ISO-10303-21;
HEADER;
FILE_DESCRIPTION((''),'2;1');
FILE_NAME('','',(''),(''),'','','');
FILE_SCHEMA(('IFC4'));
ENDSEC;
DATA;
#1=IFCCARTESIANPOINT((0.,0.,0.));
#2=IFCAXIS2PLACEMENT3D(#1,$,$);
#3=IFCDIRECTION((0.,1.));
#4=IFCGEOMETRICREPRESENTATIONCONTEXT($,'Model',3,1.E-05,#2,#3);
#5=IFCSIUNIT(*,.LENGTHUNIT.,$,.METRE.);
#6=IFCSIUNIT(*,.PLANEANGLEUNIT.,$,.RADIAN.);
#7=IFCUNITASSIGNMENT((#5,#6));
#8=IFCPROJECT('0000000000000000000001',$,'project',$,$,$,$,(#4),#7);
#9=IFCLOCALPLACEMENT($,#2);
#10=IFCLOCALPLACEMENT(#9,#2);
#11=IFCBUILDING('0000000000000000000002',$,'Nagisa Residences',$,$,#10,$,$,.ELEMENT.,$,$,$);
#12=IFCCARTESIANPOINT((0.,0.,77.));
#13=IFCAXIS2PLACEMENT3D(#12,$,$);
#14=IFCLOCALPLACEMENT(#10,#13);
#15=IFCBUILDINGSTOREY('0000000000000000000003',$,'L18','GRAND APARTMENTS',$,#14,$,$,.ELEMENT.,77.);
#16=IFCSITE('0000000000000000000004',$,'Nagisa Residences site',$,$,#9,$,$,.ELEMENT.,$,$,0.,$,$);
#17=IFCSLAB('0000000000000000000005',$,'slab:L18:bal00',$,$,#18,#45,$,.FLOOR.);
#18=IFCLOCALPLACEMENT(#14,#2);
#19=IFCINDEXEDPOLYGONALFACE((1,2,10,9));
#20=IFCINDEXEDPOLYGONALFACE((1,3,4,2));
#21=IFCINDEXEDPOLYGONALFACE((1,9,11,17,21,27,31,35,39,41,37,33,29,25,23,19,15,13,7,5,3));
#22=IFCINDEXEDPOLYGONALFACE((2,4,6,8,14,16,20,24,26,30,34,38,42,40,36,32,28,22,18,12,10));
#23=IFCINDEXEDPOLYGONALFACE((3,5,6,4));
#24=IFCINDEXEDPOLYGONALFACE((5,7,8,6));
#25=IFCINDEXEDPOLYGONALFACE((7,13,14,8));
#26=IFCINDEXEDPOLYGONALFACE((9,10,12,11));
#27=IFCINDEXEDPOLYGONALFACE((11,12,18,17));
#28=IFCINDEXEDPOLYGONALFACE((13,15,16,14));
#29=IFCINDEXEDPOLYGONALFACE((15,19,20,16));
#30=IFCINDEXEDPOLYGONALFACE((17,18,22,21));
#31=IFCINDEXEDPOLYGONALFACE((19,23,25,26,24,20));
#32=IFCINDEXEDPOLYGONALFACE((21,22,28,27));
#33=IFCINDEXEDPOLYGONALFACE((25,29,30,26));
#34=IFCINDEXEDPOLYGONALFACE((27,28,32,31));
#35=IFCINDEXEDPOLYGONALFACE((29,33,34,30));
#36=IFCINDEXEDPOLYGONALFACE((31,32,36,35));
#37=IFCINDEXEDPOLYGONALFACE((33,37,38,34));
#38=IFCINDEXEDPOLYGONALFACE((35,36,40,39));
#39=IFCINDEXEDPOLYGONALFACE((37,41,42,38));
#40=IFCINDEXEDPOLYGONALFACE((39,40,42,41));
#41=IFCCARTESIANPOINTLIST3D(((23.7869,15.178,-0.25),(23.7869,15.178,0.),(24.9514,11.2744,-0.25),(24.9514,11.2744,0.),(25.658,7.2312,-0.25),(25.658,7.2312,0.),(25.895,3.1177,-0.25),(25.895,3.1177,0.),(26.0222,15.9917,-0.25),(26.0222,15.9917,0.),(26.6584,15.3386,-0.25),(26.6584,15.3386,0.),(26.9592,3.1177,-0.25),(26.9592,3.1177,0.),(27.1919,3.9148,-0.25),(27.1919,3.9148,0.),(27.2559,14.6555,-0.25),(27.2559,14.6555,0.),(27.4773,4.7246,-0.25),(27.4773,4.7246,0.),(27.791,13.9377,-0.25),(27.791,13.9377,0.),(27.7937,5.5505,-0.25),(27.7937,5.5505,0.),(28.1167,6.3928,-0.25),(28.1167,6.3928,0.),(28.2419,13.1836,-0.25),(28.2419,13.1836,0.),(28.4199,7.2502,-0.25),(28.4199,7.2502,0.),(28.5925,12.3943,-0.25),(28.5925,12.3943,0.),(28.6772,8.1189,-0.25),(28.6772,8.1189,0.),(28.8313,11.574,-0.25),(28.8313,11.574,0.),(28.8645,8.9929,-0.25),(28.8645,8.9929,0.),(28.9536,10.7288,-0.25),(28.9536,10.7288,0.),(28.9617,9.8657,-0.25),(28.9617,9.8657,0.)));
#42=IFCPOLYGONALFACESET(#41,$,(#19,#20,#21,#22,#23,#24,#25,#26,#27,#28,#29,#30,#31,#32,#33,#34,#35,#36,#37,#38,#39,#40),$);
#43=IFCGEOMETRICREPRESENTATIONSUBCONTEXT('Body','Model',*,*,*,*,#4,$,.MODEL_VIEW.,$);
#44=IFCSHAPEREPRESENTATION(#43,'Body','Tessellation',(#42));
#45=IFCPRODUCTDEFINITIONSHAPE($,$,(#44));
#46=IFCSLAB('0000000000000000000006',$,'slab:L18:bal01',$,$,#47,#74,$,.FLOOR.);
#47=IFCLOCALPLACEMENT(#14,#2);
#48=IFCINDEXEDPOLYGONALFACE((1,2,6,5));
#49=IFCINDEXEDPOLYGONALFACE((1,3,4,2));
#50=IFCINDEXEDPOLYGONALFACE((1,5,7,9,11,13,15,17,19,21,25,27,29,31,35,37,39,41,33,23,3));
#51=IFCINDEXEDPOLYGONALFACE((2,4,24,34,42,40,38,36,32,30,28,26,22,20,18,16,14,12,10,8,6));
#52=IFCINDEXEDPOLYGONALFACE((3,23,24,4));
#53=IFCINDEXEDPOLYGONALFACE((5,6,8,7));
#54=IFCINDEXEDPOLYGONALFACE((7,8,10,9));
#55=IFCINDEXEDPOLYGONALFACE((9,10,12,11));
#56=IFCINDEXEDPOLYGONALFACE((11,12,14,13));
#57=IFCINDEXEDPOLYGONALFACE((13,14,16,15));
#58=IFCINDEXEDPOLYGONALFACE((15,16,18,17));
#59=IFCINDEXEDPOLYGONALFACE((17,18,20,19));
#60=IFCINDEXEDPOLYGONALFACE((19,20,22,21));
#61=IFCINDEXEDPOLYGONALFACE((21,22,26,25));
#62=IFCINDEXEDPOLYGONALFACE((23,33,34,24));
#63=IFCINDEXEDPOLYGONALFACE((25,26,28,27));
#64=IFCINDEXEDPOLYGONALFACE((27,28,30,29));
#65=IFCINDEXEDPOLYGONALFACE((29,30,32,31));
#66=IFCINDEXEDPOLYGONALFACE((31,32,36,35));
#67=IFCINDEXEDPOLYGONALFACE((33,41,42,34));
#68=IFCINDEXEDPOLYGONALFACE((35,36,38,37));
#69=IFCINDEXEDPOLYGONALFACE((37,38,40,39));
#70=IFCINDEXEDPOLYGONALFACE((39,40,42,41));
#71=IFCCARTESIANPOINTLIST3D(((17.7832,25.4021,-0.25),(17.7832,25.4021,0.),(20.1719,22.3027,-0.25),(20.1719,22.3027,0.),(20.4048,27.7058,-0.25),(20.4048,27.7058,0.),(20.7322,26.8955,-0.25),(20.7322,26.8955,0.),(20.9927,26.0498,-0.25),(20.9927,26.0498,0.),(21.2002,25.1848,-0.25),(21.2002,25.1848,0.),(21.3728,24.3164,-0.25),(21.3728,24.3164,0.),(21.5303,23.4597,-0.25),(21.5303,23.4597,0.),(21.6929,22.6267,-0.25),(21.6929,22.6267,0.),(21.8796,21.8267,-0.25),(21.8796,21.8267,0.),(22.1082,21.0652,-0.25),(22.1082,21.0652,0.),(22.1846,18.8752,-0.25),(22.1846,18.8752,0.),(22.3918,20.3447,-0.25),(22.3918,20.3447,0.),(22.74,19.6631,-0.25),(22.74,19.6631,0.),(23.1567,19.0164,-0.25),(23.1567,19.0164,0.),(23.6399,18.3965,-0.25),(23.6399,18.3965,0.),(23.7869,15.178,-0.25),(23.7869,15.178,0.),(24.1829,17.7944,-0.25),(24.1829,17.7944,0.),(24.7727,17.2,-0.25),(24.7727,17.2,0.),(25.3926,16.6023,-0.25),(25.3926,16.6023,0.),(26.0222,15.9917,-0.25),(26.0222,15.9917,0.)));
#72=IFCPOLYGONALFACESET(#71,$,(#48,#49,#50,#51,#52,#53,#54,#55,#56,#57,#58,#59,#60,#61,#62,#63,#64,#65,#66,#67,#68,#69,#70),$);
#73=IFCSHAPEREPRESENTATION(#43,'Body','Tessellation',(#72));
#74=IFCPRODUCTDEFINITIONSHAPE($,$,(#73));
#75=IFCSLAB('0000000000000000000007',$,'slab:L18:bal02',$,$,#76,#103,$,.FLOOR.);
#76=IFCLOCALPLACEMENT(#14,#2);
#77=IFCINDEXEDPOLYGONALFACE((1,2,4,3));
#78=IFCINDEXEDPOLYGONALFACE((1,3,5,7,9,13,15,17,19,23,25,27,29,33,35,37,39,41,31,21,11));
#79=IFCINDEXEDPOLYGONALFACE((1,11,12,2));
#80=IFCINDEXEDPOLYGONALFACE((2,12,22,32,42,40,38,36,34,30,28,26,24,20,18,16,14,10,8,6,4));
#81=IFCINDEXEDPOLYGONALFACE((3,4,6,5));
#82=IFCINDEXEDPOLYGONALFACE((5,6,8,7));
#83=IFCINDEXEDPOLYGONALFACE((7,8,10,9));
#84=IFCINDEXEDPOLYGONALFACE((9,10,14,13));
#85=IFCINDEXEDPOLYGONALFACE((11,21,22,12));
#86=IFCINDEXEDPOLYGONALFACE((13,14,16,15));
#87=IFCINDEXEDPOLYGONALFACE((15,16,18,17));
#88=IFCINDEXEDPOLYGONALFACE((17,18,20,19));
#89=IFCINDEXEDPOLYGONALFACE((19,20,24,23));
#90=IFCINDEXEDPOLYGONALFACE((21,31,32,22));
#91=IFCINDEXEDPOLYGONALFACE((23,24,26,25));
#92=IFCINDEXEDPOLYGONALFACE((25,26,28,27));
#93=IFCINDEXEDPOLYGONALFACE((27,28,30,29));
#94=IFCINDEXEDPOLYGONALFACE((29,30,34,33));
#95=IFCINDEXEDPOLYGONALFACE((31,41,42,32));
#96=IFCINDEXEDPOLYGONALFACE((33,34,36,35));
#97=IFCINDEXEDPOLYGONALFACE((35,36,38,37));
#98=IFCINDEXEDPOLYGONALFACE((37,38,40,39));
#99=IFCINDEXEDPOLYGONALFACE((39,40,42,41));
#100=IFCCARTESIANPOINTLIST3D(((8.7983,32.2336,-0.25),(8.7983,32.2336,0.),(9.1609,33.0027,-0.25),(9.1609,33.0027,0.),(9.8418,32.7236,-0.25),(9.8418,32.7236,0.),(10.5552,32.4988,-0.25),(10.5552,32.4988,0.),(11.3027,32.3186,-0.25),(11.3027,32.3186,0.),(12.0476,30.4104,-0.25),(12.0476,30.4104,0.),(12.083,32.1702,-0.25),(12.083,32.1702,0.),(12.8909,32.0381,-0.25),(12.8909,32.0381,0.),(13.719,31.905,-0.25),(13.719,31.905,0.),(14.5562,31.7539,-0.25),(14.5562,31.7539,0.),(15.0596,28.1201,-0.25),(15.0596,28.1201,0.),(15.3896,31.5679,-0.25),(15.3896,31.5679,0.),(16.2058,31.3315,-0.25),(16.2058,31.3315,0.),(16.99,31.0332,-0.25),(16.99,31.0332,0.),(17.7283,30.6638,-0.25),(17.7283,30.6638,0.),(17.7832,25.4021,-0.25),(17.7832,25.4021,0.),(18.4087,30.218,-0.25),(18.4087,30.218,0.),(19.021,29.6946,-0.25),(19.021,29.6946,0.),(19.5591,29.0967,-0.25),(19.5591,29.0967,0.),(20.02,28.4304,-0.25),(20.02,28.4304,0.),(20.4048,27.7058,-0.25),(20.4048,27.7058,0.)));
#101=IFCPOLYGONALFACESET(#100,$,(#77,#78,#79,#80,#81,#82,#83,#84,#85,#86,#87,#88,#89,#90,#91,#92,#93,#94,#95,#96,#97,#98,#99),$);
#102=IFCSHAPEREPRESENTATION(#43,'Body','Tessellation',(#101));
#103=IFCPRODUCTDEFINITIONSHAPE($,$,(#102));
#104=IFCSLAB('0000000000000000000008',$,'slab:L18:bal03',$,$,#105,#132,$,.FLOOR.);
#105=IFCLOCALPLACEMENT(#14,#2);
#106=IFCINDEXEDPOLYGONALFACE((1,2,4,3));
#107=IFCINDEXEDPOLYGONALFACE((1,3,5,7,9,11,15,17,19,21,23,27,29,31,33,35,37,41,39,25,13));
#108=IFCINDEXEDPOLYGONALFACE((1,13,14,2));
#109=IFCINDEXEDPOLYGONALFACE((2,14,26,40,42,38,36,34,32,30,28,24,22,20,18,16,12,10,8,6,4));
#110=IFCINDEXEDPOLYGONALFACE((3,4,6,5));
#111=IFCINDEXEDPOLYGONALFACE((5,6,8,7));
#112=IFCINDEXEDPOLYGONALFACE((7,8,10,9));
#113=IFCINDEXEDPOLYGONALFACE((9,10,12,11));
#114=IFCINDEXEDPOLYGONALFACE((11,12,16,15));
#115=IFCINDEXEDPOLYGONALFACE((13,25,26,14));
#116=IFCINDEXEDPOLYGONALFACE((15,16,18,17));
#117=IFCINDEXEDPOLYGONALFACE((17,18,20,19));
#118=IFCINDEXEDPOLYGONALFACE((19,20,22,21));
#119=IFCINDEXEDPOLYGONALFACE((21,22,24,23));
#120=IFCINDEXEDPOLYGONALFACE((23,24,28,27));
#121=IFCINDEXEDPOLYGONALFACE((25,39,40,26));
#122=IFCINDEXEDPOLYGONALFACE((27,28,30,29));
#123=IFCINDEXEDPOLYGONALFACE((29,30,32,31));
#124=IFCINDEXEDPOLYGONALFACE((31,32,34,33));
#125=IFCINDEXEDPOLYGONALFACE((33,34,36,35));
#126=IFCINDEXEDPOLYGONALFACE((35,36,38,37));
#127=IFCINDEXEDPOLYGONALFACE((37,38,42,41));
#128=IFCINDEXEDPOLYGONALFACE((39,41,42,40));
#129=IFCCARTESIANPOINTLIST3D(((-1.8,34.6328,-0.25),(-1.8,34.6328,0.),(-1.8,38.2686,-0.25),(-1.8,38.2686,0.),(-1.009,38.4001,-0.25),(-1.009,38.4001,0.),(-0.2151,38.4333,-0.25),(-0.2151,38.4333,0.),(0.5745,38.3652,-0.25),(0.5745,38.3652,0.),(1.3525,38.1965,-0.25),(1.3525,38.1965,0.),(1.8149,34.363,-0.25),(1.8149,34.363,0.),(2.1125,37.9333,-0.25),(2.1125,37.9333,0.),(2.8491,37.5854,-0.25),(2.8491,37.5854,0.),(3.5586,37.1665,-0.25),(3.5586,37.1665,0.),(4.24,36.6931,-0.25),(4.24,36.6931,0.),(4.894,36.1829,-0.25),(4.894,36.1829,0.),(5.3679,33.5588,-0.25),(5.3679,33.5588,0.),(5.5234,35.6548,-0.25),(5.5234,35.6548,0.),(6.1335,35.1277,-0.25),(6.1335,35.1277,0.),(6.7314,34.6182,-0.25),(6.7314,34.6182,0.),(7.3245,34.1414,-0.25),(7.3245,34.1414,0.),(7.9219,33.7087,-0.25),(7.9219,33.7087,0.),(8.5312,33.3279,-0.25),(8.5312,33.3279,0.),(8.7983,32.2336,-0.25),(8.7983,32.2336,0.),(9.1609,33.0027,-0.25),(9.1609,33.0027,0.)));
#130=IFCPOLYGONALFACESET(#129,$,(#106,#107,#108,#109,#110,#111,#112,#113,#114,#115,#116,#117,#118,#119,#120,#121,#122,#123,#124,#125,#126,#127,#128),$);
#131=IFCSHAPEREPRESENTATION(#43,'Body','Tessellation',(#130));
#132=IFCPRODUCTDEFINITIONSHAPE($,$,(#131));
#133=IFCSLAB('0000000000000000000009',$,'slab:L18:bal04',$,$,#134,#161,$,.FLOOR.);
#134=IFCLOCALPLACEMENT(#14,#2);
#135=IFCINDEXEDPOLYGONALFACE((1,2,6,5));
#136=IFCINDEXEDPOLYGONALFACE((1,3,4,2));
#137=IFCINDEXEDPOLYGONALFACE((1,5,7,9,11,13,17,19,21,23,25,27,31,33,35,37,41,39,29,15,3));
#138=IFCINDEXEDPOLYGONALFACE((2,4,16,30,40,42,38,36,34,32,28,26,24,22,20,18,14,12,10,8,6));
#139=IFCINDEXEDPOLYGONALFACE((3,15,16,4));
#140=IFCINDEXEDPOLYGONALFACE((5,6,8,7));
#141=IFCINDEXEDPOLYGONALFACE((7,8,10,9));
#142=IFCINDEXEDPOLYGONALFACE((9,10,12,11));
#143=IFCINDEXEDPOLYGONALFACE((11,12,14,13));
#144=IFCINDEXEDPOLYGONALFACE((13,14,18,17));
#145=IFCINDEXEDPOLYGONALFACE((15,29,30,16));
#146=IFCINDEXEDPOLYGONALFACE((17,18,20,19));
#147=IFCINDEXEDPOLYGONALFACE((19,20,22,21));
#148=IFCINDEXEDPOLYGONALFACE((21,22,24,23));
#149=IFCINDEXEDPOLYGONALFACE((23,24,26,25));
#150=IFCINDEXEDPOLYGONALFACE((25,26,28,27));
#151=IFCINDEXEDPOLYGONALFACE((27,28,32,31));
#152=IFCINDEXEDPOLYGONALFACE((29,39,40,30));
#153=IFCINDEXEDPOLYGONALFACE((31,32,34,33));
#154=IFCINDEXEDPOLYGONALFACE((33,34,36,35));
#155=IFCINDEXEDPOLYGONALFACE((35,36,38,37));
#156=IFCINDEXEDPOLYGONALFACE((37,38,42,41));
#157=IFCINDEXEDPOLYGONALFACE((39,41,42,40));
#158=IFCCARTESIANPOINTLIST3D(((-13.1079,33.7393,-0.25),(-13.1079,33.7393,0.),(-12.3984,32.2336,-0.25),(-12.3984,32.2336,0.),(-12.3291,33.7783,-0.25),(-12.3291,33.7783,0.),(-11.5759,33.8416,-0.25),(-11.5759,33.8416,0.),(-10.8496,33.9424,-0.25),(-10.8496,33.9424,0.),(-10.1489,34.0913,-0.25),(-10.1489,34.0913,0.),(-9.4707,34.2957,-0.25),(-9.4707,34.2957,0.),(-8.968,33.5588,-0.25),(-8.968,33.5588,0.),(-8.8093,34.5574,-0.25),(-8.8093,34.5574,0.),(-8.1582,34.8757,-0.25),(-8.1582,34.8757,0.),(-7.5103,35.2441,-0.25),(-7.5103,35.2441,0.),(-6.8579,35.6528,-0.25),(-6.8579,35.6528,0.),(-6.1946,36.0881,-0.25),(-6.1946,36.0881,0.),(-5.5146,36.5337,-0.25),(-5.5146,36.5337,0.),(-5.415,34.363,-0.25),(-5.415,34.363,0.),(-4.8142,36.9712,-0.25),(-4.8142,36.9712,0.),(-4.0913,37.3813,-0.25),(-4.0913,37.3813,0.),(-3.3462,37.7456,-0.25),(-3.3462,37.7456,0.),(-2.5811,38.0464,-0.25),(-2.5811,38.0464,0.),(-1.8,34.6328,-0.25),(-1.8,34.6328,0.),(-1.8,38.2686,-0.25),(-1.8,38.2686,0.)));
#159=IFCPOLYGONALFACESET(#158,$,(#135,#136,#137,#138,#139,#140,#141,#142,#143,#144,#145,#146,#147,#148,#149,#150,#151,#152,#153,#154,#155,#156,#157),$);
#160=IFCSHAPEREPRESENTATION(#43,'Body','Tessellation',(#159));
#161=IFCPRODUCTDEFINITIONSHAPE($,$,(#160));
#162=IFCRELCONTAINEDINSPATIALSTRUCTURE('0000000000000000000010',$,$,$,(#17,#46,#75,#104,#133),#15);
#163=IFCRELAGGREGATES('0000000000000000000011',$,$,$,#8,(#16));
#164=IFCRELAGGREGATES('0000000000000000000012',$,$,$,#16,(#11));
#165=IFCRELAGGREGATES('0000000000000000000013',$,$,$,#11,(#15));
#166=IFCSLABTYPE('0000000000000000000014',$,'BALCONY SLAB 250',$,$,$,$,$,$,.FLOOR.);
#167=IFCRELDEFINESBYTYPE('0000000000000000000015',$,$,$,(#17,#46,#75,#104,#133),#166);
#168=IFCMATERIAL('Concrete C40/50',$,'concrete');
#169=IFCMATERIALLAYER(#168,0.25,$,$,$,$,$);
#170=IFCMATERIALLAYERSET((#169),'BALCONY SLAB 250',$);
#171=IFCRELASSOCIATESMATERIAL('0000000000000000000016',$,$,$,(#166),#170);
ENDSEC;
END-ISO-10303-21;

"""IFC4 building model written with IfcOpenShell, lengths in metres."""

from ifc_helpers import new_model, si_unit, direction, frame, origin, place, context, subcontext, project, spatial, polyline, outline, extrude, material, layer, layer_set, type_object, element, save


model = new_model("IFC4")

# Units and contexts
model_context = context("Model", 3, precision=1e-05, world=origin(), true_north=direction((0.0, 1.0)))
body_context = subcontext(model_context, "Body", "Model", "MODEL_VIEW")
ifc_project = project(units=[si_unit("LENGTHUNIT", "METRE"), si_unit("PLANEANGLEUNIT", "RADIAN")], contexts=[model_context])

# Site, building, storey
site_placement = place(None, origin())
site = spatial("IfcSite", under=ifc_project, at=site_placement, Name="Nagisa Residences site", CompositionType="ELEMENT", RefElevation=0.0)
building_placement = place(site_placement, origin())
building = spatial("IfcBuilding", under=site, at=building_placement, Name="Nagisa Residences", CompositionType="ELEMENT")
storey_placement = place(building_placement, frame((0.0, 0.0, 77.0)))
storey = spatial("IfcBuildingStorey", under=building, at=storey_placement, Name="L18", Description="GRAND APARTMENTS", CompositionType="ELEMENT", Elevation=77.0)

# Slabs
ifc_material_1 = material(Name="Concrete C40/50", Category="concrete")
ifc_layer_1 = layer(ifc_material_1, 0.25)
ifc_layer_set_1 = layer_set([ifc_layer_1], Name="BALCONY SLAB 250")
slab_type_1 = type_object("IfcSlabType", Name="BALCONY SLAB 250", PredefinedType="FLOOR", material=ifc_layer_set_1)
slab_1_placement = place(storey_placement, frame((0.0, 0.0, -0.25)))
element("IfcSlab", 1, at=slab_1_placement, inside=storey, type_object=slab_type_1, Name="slab:L18:bal00", PredefinedType="FLOOR", context=body_context, shape_type="SweptSolid", body=[
    extrude(outline(polyline([(26.9592, 3.1177), (27.1919, 3.9148), (27.4773, 4.7246), (27.7937, 5.5505), (28.1167, 6.3928), (28.4199, 7.2502), (28.6772, 8.1189), (28.8645, 8.9929), (28.9617, 9.8657), (28.9536, 10.7288), (28.8313, 11.574), (28.5925, 12.3943), (28.2419, 13.1836), (27.791, 13.9377), (27.2559, 14.6555), (26.6584, 15.3386), (26.0222, 15.9917), (23.7869, 15.178), (24.9514, 11.2744), (25.658, 7.2312), (25.895, 3.1177), (26.9592, 3.1177)])), origin(), (0.0, 0.0, 1.0), 0.25),
])
slab_2_placement = place(storey_placement, frame((0.0, 0.0, -0.25)))
element("IfcSlab", 2, at=slab_2_placement, inside=storey, type_object=slab_type_1, Name="slab:L18:bal01", PredefinedType="FLOOR", context=body_context, shape_type="SweptSolid", body=[
    extrude(outline(polyline([(26.0222, 15.9917), (25.3926, 16.6023), (24.7727, 17.2), (24.1829, 17.7944), (23.6399, 18.3965), (23.1567, 19.0164), (22.74, 19.6631), (22.3918, 20.3447), (22.1082, 21.0652), (21.8796, 21.8267), (21.6929, 22.6267), (21.5303, 23.4597), (21.3728, 24.3164), (21.2002, 25.1848), (20.9927, 26.0498), (20.7322, 26.8955), (20.4048, 27.7058), (17.7832, 25.4021), (20.1719, 22.3027), (22.1846, 18.8752), (23.7869, 15.178), (26.0222, 15.9917)])), origin(), (0.0, 0.0, 1.0), 0.25),
])
slab_3_placement = place(storey_placement, frame((0.0, 0.0, -0.25)))
element("IfcSlab", 3, at=slab_3_placement, inside=storey, type_object=slab_type_1, Name="slab:L18:bal02", PredefinedType="FLOOR", context=body_context, shape_type="SweptSolid", body=[
    extrude(outline(polyline([(20.4048, 27.7058), (20.02, 28.4304), (19.5591, 29.0967), (19.021, 29.6946), (18.4087, 30.218), (17.7283, 30.6638), (16.99, 31.0332), (16.2058, 31.3315), (15.3896, 31.5679), (14.5562, 31.7539), (13.719, 31.905), (12.8909, 32.0381), (12.083, 32.1702), (11.3027, 32.3186), (10.5552, 32.4988), (9.8418, 32.7236), (9.1609, 33.0027), (8.7983, 32.2336), (12.0476, 30.4104), (15.0596, 28.1201), (17.7832, 25.4021), (20.4048, 27.7058)])), origin(), (0.0, 0.0, 1.0), 0.25),
])
slab_4_placement = place(storey_placement, frame((0.0, 0.0, -0.25)))
element("IfcSlab", 4, at=slab_4_placement, inside=storey, type_object=slab_type_1, Name="slab:L18:bal03", PredefinedType="FLOOR", context=body_context, shape_type="SweptSolid", body=[
    extrude(outline(polyline([(9.1609, 33.0027), (8.5312, 33.3279), (7.9219, 33.7087), (7.3245, 34.1414), (6.7314, 34.6182), (6.1335, 35.1277), (5.5234, 35.6548), (4.894, 36.1829), (4.24, 36.6931), (3.5586, 37.1665), (2.8491, 37.5854), (2.1125, 37.9333), (1.3525, 38.1965), (0.5745, 38.3652), (-0.2151, 38.4333), (-1.009, 38.4001), (-1.8, 38.2686), (-1.8, 34.6328), (1.8149, 34.363), (5.3679, 33.5588), (8.7983, 32.2336), (9.1609, 33.0027)])), origin(), (0.0, 0.0, 1.0), 0.25),
])
slab_5_placement = place(storey_placement, frame((0.0, 0.0, -0.25)))
element("IfcSlab", 5, at=slab_5_placement, inside=storey, type_object=slab_type_1, Name="slab:L18:bal04", PredefinedType="FLOOR", context=body_context, shape_type="SweptSolid", body=[
    extrude(outline(polyline([(-1.8, 38.2686), (-2.5811, 38.0464), (-3.3462, 37.7456), (-4.0913, 37.3813), (-4.8142, 36.9712), (-5.5146, 36.5337), (-6.1946, 36.0881), (-6.8579, 35.6528), (-7.5103, 35.2441), (-8.1582, 34.8757), (-8.8093, 34.5574), (-9.4707, 34.2957), (-10.1489, 34.0913), (-10.8496, 33.9424), (-11.5759, 33.8416), (-12.3291, 33.7783), (-13.1079, 33.7393), (-12.3984, 32.2336), (-8.968, 33.5588), (-5.415, 34.363), (-1.8, 34.6328), (-1.8, 38.2686)])), origin(), (0.0, 0.0, 1.0), 0.25),
])

save(model, "model.ifc")
